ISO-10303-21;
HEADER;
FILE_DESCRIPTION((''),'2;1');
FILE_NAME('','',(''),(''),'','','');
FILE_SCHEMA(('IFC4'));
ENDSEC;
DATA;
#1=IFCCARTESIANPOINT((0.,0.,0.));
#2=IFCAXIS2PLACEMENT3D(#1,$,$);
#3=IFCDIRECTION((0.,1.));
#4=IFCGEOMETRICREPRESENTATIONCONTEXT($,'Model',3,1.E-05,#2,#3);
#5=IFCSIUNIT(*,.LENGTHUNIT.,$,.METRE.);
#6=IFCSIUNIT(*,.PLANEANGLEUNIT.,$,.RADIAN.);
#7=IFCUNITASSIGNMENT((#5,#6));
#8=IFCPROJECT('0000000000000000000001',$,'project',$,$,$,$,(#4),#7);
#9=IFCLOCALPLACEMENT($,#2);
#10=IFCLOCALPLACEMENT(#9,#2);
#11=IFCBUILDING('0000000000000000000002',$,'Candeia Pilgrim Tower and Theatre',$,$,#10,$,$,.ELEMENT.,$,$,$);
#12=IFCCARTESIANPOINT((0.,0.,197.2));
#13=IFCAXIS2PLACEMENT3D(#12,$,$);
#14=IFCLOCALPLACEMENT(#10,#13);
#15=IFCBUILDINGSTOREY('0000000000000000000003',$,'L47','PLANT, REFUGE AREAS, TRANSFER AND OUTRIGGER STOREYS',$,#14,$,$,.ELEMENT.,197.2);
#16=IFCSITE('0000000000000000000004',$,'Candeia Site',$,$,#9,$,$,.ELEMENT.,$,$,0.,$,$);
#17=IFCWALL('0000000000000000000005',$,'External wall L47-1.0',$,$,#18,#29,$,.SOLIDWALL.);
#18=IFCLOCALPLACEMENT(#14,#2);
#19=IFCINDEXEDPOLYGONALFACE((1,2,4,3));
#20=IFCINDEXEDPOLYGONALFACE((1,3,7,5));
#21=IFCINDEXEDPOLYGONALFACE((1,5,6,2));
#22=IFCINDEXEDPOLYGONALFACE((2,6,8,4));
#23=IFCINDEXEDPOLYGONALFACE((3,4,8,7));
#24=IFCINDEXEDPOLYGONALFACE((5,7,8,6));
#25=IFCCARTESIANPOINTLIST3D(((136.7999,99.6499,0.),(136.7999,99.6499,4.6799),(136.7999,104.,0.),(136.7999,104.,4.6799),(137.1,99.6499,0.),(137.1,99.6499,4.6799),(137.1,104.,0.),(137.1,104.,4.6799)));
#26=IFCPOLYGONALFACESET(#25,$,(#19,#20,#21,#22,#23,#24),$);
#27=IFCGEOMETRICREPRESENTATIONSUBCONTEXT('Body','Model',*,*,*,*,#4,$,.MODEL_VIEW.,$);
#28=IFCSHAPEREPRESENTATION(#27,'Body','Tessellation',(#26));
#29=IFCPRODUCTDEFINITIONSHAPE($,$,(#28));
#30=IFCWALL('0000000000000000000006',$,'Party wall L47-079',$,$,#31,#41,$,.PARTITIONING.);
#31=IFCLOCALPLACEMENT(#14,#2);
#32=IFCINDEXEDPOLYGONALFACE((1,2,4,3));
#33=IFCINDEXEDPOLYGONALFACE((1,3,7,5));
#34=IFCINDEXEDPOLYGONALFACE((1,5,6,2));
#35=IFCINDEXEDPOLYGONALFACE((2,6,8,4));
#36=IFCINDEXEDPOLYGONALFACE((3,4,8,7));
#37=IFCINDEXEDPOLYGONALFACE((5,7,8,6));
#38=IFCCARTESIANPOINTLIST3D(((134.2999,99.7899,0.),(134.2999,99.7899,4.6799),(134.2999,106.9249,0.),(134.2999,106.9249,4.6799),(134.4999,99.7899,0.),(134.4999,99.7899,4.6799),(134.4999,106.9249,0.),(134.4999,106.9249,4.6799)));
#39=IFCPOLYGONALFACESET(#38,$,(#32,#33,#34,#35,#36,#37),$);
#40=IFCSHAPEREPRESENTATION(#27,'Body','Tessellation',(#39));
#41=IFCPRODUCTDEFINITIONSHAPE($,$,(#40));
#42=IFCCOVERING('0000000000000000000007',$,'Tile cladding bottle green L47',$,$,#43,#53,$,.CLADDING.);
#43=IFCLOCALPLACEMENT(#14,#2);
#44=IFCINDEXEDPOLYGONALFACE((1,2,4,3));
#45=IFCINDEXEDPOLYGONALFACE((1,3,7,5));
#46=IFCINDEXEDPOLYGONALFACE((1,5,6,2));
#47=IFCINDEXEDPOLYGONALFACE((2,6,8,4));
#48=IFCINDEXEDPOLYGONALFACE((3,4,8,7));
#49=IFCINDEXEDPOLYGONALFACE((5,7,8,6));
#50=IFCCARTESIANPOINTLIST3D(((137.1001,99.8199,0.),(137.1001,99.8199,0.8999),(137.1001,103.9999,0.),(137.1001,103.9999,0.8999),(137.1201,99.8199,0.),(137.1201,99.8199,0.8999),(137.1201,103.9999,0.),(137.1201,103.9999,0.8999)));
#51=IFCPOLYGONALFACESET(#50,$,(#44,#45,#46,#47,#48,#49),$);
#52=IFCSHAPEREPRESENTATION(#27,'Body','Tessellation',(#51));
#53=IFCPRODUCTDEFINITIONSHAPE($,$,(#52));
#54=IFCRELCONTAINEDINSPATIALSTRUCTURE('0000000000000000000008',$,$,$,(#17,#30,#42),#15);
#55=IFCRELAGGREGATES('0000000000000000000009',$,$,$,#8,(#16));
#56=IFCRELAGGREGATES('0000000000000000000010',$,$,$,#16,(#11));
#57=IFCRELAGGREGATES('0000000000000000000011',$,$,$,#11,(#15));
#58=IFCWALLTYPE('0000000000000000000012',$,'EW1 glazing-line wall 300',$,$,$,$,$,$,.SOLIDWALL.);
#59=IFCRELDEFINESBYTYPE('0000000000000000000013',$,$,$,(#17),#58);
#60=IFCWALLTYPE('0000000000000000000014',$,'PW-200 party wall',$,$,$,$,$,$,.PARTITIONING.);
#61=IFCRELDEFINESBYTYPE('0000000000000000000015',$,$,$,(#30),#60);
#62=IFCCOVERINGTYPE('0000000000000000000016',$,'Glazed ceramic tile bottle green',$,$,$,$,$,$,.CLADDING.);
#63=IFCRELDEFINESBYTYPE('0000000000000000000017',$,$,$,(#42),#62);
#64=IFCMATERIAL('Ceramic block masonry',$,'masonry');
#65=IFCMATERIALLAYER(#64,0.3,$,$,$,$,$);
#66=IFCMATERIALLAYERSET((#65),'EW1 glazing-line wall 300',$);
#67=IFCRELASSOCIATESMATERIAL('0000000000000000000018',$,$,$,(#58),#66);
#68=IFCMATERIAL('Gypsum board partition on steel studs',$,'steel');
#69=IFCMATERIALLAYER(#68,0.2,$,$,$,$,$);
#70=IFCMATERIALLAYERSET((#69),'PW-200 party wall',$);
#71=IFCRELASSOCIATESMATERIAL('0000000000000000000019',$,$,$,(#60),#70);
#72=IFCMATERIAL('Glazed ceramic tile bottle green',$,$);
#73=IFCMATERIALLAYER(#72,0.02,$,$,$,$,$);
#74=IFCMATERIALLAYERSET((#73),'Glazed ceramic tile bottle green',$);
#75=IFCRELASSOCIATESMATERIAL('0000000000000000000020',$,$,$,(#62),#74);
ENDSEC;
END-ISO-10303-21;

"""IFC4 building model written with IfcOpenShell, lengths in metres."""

from ifc_helpers import new_model, si_unit, direction, frame, frame_2d, origin, origin_2d, place, context, subcontext, project, spatial, rectangle, extrude, material, layer, layer_set, type_object, element, save


model = new_model("IFC4")

# Units and contexts
model_context = context("Model", 3, precision=1e-05, world=origin(), true_north=direction((0.0, 1.0)))
body_context = subcontext(model_context, "Body", "Model", "MODEL_VIEW")
ifc_project = project(units=[si_unit("LENGTHUNIT", "METRE"), si_unit("PLANEANGLEUNIT", "RADIAN")], contexts=[model_context])

# Site, building, storey
site_placement = place(None, origin())
site = spatial("IfcSite", under=ifc_project, at=site_placement, Name="Candeia Site", CompositionType="ELEMENT", RefElevation=0.0)
building_placement = place(site_placement, origin())
building = spatial("IfcBuilding", under=site, at=building_placement, Name="Candeia Pilgrim Tower and Theatre", CompositionType="ELEMENT")
storey_placement = place(building_placement, frame((0.0, 0.0, 197.2)))
storey = spatial("IfcBuildingStorey", under=building, at=storey_placement, Name="L47", Description="PLANT, REFUGE AREAS, TRANSFER AND OUTRIGGER STOREYS", CompositionType="ELEMENT", Elevation=197.2)

# Walls
ifc_material_1 = material(Name="Ceramic block masonry", Category="masonry")
ifc_layer_1 = layer(ifc_material_1, 0.3)
ifc_layer_set_1 = layer_set([ifc_layer_1], Name="EW1 glazing-line wall 300")
wall_type_1 = type_object("IfcWallType", Name="EW1 glazing-line wall 300", PredefinedType="SOLIDWALL", material=ifc_layer_set_1)
wall_1_placement = place(storey_placement, frame((136.95, 99.6499, 0.0), z_axis=(0.0, 0.0, 1.0), x_axis=(0.0, 1.0, 0.0)))
element("IfcWall", 1, at=wall_1_placement, inside=storey, type_object=wall_type_1, Name="External wall L47-1.0", PredefinedType="SOLIDWALL", context=body_context, shape_type="SweptSolid", body=[
    extrude(rectangle(XDim=4.3501, YDim=0.3, at=frame_2d((2.175, 0.0))), origin(), (0.0, 0.0, 1.0), 4.6799),
])
ifc_material_2 = material(Name="Gypsum board partition on steel studs", Category="steel")
ifc_layer_2 = layer(ifc_material_2, 0.2)
ifc_layer_set_2 = layer_set([ifc_layer_2], Name="PW-200 party wall")
wall_type_2 = type_object("IfcWallType", Name="PW-200 party wall", PredefinedType="PARTITIONING", material=ifc_layer_set_2)
wall_2_placement = place(storey_placement, frame((134.3999, 99.79, 0.0), z_axis=(0.0, 0.0, 1.0), x_axis=(0.0, 1.0, 0.0)))
element("IfcWall", 2, at=wall_2_placement, inside=storey, type_object=wall_type_2, Name="Party wall L47-079", PredefinedType="PARTITIONING", context=body_context, shape_type="SweptSolid", body=[
    extrude(rectangle(XDim=7.135, YDim=0.2, at=frame_2d((3.5674, 0.0))), origin(), (0.0, 0.0, 1.0), 4.6799),
])

# Covering
ifc_material_3 = material(Name="Glazed ceramic tile bottle green")
ifc_layer_3 = layer(ifc_material_3, 0.02)
ifc_layer_set_3 = layer_set([ifc_layer_3], Name="Glazed ceramic tile bottle green")
covering_type = type_object("IfcCoveringType", Name="Glazed ceramic tile bottle green", PredefinedType="CLADDING", material=ifc_layer_set_3)
covering_placement = place(storey_placement, frame((137.1101, 101.9099, 0.0), z_axis=(0.0, 0.0, 1.0), x_axis=(0.0, 1.0, 0.0)))
element("IfcCovering", 3, at=covering_placement, inside=storey, type_object=covering_type, Name="Tile cladding bottle green L47", PredefinedType="CLADDING", context=body_context, shape_type="SweptSolid", body=[
    extrude(rectangle(XDim=4.1799, YDim=0.02, at=origin_2d()), origin(), (0.0, 0.0, 1.0), 0.8999),
])

save(model, "model.ifc")
